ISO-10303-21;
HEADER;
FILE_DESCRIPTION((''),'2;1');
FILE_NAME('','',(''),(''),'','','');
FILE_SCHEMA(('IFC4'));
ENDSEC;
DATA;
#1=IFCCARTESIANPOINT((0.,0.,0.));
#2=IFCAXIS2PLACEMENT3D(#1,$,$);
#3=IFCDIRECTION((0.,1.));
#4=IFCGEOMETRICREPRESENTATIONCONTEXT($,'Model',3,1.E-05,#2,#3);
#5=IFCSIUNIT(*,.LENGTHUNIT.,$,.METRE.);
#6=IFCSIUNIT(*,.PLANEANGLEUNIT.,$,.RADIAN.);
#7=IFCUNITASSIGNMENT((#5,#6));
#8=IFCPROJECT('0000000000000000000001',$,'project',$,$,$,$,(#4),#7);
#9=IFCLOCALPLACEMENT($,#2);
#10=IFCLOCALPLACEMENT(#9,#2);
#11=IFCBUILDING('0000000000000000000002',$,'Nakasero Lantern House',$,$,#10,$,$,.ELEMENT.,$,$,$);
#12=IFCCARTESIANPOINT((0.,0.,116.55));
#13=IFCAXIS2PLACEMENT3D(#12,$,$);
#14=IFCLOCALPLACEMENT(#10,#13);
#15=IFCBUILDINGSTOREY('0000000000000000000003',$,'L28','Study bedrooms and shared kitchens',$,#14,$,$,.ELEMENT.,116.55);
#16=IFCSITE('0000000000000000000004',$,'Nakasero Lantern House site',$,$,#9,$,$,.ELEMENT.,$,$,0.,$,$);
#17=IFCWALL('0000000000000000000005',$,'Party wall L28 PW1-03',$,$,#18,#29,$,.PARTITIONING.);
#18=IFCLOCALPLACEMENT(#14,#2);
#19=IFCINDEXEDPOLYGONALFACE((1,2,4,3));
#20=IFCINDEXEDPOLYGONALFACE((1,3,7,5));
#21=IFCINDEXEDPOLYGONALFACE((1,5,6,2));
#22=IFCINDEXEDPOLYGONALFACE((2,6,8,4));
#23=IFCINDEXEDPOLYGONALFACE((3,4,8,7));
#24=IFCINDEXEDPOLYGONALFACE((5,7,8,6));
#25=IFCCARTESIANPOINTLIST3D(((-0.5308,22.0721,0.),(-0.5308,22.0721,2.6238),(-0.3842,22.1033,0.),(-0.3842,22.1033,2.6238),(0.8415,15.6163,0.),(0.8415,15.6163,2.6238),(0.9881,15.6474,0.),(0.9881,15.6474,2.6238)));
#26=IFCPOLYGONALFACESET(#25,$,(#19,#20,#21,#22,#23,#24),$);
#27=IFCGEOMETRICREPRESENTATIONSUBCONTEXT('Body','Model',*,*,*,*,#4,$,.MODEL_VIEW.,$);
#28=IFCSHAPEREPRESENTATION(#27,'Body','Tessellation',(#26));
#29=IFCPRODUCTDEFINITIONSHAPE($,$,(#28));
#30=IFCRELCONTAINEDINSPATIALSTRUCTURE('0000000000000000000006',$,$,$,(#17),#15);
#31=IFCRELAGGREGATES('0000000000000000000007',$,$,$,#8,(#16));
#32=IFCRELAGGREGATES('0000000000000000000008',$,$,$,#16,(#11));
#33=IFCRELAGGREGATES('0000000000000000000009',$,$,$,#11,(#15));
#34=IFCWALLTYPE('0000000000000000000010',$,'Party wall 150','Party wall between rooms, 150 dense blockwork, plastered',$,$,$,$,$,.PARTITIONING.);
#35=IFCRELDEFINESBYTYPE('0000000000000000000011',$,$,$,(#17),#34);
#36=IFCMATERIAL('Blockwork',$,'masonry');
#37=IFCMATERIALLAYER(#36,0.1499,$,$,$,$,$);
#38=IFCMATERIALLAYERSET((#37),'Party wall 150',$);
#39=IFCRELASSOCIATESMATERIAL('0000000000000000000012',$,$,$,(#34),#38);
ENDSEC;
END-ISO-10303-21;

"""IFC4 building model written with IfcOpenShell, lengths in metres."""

from ifc_helpers import new_model, si_unit, direction, frame, frame_2d, origin, place, context, subcontext, project, spatial, rectangle, extrude, material, layer, layer_set, type_object, element, save


model = new_model("IFC4")

# Units and contexts
model_context = context("Model", 3, precision=1e-05, world=origin(), true_north=direction((0.0, 1.0)))
body_context = subcontext(model_context, "Body", "Model", "MODEL_VIEW")
ifc_project = project(units=[si_unit("LENGTHUNIT", "METRE"), si_unit("PLANEANGLEUNIT", "RADIAN")], contexts=[model_context])

# Site, building, storey
site_placement = place(None, origin())
site = spatial("IfcSite", under=ifc_project, at=site_placement, Name="Nakasero Lantern House site", CompositionType="ELEMENT", RefElevation=0.0)
building_placement = place(site_placement, origin())
building = spatial("IfcBuilding", under=site, at=building_placement, Name="Nakasero Lantern House", CompositionType="ELEMENT")
storey_placement = place(building_placement, frame((0.0, 0.0, 116.55)))
storey = spatial("IfcBuildingStorey", under=building, at=storey_placement, Name="L28", Description="Study bedrooms and shared kitchens", CompositionType="ELEMENT", Elevation=116.55)

# Wall
ifc_material_1 = material(Name="Blockwork", Category="masonry")
ifc_layer_1 = layer(ifc_material_1, 0.1499)
ifc_layer_set_1 = layer_set([ifc_layer_1], Name="Party wall 150")
wall_type_1 = type_object("IfcWallType", Name="Party wall 150", Description="Party wall between rooms, 150 dense blockwork, plastered", PredefinedType="PARTITIONING", material=ifc_layer_set_1)
wall_1_placement = place(storey_placement, frame((0.9148, 15.6318, 0.0), z_axis=(0.0, 0.0, 1.0), x_axis=(-0.207925, 0.978145, 0.0)))
element("IfcWall", 1, at=wall_1_placement, inside=storey, type_object=wall_type_1, Name="Party wall L28 PW1-03", PredefinedType="PARTITIONING", context=body_context, shape_type="SweptSolid", body=[
    extrude(rectangle(XDim=6.6001, YDim=0.1499, at=frame_2d((3.3, 0.0))), origin(), (0.0, 0.0, 1.0), 2.6238),
])

save(model, "model.ifc")
